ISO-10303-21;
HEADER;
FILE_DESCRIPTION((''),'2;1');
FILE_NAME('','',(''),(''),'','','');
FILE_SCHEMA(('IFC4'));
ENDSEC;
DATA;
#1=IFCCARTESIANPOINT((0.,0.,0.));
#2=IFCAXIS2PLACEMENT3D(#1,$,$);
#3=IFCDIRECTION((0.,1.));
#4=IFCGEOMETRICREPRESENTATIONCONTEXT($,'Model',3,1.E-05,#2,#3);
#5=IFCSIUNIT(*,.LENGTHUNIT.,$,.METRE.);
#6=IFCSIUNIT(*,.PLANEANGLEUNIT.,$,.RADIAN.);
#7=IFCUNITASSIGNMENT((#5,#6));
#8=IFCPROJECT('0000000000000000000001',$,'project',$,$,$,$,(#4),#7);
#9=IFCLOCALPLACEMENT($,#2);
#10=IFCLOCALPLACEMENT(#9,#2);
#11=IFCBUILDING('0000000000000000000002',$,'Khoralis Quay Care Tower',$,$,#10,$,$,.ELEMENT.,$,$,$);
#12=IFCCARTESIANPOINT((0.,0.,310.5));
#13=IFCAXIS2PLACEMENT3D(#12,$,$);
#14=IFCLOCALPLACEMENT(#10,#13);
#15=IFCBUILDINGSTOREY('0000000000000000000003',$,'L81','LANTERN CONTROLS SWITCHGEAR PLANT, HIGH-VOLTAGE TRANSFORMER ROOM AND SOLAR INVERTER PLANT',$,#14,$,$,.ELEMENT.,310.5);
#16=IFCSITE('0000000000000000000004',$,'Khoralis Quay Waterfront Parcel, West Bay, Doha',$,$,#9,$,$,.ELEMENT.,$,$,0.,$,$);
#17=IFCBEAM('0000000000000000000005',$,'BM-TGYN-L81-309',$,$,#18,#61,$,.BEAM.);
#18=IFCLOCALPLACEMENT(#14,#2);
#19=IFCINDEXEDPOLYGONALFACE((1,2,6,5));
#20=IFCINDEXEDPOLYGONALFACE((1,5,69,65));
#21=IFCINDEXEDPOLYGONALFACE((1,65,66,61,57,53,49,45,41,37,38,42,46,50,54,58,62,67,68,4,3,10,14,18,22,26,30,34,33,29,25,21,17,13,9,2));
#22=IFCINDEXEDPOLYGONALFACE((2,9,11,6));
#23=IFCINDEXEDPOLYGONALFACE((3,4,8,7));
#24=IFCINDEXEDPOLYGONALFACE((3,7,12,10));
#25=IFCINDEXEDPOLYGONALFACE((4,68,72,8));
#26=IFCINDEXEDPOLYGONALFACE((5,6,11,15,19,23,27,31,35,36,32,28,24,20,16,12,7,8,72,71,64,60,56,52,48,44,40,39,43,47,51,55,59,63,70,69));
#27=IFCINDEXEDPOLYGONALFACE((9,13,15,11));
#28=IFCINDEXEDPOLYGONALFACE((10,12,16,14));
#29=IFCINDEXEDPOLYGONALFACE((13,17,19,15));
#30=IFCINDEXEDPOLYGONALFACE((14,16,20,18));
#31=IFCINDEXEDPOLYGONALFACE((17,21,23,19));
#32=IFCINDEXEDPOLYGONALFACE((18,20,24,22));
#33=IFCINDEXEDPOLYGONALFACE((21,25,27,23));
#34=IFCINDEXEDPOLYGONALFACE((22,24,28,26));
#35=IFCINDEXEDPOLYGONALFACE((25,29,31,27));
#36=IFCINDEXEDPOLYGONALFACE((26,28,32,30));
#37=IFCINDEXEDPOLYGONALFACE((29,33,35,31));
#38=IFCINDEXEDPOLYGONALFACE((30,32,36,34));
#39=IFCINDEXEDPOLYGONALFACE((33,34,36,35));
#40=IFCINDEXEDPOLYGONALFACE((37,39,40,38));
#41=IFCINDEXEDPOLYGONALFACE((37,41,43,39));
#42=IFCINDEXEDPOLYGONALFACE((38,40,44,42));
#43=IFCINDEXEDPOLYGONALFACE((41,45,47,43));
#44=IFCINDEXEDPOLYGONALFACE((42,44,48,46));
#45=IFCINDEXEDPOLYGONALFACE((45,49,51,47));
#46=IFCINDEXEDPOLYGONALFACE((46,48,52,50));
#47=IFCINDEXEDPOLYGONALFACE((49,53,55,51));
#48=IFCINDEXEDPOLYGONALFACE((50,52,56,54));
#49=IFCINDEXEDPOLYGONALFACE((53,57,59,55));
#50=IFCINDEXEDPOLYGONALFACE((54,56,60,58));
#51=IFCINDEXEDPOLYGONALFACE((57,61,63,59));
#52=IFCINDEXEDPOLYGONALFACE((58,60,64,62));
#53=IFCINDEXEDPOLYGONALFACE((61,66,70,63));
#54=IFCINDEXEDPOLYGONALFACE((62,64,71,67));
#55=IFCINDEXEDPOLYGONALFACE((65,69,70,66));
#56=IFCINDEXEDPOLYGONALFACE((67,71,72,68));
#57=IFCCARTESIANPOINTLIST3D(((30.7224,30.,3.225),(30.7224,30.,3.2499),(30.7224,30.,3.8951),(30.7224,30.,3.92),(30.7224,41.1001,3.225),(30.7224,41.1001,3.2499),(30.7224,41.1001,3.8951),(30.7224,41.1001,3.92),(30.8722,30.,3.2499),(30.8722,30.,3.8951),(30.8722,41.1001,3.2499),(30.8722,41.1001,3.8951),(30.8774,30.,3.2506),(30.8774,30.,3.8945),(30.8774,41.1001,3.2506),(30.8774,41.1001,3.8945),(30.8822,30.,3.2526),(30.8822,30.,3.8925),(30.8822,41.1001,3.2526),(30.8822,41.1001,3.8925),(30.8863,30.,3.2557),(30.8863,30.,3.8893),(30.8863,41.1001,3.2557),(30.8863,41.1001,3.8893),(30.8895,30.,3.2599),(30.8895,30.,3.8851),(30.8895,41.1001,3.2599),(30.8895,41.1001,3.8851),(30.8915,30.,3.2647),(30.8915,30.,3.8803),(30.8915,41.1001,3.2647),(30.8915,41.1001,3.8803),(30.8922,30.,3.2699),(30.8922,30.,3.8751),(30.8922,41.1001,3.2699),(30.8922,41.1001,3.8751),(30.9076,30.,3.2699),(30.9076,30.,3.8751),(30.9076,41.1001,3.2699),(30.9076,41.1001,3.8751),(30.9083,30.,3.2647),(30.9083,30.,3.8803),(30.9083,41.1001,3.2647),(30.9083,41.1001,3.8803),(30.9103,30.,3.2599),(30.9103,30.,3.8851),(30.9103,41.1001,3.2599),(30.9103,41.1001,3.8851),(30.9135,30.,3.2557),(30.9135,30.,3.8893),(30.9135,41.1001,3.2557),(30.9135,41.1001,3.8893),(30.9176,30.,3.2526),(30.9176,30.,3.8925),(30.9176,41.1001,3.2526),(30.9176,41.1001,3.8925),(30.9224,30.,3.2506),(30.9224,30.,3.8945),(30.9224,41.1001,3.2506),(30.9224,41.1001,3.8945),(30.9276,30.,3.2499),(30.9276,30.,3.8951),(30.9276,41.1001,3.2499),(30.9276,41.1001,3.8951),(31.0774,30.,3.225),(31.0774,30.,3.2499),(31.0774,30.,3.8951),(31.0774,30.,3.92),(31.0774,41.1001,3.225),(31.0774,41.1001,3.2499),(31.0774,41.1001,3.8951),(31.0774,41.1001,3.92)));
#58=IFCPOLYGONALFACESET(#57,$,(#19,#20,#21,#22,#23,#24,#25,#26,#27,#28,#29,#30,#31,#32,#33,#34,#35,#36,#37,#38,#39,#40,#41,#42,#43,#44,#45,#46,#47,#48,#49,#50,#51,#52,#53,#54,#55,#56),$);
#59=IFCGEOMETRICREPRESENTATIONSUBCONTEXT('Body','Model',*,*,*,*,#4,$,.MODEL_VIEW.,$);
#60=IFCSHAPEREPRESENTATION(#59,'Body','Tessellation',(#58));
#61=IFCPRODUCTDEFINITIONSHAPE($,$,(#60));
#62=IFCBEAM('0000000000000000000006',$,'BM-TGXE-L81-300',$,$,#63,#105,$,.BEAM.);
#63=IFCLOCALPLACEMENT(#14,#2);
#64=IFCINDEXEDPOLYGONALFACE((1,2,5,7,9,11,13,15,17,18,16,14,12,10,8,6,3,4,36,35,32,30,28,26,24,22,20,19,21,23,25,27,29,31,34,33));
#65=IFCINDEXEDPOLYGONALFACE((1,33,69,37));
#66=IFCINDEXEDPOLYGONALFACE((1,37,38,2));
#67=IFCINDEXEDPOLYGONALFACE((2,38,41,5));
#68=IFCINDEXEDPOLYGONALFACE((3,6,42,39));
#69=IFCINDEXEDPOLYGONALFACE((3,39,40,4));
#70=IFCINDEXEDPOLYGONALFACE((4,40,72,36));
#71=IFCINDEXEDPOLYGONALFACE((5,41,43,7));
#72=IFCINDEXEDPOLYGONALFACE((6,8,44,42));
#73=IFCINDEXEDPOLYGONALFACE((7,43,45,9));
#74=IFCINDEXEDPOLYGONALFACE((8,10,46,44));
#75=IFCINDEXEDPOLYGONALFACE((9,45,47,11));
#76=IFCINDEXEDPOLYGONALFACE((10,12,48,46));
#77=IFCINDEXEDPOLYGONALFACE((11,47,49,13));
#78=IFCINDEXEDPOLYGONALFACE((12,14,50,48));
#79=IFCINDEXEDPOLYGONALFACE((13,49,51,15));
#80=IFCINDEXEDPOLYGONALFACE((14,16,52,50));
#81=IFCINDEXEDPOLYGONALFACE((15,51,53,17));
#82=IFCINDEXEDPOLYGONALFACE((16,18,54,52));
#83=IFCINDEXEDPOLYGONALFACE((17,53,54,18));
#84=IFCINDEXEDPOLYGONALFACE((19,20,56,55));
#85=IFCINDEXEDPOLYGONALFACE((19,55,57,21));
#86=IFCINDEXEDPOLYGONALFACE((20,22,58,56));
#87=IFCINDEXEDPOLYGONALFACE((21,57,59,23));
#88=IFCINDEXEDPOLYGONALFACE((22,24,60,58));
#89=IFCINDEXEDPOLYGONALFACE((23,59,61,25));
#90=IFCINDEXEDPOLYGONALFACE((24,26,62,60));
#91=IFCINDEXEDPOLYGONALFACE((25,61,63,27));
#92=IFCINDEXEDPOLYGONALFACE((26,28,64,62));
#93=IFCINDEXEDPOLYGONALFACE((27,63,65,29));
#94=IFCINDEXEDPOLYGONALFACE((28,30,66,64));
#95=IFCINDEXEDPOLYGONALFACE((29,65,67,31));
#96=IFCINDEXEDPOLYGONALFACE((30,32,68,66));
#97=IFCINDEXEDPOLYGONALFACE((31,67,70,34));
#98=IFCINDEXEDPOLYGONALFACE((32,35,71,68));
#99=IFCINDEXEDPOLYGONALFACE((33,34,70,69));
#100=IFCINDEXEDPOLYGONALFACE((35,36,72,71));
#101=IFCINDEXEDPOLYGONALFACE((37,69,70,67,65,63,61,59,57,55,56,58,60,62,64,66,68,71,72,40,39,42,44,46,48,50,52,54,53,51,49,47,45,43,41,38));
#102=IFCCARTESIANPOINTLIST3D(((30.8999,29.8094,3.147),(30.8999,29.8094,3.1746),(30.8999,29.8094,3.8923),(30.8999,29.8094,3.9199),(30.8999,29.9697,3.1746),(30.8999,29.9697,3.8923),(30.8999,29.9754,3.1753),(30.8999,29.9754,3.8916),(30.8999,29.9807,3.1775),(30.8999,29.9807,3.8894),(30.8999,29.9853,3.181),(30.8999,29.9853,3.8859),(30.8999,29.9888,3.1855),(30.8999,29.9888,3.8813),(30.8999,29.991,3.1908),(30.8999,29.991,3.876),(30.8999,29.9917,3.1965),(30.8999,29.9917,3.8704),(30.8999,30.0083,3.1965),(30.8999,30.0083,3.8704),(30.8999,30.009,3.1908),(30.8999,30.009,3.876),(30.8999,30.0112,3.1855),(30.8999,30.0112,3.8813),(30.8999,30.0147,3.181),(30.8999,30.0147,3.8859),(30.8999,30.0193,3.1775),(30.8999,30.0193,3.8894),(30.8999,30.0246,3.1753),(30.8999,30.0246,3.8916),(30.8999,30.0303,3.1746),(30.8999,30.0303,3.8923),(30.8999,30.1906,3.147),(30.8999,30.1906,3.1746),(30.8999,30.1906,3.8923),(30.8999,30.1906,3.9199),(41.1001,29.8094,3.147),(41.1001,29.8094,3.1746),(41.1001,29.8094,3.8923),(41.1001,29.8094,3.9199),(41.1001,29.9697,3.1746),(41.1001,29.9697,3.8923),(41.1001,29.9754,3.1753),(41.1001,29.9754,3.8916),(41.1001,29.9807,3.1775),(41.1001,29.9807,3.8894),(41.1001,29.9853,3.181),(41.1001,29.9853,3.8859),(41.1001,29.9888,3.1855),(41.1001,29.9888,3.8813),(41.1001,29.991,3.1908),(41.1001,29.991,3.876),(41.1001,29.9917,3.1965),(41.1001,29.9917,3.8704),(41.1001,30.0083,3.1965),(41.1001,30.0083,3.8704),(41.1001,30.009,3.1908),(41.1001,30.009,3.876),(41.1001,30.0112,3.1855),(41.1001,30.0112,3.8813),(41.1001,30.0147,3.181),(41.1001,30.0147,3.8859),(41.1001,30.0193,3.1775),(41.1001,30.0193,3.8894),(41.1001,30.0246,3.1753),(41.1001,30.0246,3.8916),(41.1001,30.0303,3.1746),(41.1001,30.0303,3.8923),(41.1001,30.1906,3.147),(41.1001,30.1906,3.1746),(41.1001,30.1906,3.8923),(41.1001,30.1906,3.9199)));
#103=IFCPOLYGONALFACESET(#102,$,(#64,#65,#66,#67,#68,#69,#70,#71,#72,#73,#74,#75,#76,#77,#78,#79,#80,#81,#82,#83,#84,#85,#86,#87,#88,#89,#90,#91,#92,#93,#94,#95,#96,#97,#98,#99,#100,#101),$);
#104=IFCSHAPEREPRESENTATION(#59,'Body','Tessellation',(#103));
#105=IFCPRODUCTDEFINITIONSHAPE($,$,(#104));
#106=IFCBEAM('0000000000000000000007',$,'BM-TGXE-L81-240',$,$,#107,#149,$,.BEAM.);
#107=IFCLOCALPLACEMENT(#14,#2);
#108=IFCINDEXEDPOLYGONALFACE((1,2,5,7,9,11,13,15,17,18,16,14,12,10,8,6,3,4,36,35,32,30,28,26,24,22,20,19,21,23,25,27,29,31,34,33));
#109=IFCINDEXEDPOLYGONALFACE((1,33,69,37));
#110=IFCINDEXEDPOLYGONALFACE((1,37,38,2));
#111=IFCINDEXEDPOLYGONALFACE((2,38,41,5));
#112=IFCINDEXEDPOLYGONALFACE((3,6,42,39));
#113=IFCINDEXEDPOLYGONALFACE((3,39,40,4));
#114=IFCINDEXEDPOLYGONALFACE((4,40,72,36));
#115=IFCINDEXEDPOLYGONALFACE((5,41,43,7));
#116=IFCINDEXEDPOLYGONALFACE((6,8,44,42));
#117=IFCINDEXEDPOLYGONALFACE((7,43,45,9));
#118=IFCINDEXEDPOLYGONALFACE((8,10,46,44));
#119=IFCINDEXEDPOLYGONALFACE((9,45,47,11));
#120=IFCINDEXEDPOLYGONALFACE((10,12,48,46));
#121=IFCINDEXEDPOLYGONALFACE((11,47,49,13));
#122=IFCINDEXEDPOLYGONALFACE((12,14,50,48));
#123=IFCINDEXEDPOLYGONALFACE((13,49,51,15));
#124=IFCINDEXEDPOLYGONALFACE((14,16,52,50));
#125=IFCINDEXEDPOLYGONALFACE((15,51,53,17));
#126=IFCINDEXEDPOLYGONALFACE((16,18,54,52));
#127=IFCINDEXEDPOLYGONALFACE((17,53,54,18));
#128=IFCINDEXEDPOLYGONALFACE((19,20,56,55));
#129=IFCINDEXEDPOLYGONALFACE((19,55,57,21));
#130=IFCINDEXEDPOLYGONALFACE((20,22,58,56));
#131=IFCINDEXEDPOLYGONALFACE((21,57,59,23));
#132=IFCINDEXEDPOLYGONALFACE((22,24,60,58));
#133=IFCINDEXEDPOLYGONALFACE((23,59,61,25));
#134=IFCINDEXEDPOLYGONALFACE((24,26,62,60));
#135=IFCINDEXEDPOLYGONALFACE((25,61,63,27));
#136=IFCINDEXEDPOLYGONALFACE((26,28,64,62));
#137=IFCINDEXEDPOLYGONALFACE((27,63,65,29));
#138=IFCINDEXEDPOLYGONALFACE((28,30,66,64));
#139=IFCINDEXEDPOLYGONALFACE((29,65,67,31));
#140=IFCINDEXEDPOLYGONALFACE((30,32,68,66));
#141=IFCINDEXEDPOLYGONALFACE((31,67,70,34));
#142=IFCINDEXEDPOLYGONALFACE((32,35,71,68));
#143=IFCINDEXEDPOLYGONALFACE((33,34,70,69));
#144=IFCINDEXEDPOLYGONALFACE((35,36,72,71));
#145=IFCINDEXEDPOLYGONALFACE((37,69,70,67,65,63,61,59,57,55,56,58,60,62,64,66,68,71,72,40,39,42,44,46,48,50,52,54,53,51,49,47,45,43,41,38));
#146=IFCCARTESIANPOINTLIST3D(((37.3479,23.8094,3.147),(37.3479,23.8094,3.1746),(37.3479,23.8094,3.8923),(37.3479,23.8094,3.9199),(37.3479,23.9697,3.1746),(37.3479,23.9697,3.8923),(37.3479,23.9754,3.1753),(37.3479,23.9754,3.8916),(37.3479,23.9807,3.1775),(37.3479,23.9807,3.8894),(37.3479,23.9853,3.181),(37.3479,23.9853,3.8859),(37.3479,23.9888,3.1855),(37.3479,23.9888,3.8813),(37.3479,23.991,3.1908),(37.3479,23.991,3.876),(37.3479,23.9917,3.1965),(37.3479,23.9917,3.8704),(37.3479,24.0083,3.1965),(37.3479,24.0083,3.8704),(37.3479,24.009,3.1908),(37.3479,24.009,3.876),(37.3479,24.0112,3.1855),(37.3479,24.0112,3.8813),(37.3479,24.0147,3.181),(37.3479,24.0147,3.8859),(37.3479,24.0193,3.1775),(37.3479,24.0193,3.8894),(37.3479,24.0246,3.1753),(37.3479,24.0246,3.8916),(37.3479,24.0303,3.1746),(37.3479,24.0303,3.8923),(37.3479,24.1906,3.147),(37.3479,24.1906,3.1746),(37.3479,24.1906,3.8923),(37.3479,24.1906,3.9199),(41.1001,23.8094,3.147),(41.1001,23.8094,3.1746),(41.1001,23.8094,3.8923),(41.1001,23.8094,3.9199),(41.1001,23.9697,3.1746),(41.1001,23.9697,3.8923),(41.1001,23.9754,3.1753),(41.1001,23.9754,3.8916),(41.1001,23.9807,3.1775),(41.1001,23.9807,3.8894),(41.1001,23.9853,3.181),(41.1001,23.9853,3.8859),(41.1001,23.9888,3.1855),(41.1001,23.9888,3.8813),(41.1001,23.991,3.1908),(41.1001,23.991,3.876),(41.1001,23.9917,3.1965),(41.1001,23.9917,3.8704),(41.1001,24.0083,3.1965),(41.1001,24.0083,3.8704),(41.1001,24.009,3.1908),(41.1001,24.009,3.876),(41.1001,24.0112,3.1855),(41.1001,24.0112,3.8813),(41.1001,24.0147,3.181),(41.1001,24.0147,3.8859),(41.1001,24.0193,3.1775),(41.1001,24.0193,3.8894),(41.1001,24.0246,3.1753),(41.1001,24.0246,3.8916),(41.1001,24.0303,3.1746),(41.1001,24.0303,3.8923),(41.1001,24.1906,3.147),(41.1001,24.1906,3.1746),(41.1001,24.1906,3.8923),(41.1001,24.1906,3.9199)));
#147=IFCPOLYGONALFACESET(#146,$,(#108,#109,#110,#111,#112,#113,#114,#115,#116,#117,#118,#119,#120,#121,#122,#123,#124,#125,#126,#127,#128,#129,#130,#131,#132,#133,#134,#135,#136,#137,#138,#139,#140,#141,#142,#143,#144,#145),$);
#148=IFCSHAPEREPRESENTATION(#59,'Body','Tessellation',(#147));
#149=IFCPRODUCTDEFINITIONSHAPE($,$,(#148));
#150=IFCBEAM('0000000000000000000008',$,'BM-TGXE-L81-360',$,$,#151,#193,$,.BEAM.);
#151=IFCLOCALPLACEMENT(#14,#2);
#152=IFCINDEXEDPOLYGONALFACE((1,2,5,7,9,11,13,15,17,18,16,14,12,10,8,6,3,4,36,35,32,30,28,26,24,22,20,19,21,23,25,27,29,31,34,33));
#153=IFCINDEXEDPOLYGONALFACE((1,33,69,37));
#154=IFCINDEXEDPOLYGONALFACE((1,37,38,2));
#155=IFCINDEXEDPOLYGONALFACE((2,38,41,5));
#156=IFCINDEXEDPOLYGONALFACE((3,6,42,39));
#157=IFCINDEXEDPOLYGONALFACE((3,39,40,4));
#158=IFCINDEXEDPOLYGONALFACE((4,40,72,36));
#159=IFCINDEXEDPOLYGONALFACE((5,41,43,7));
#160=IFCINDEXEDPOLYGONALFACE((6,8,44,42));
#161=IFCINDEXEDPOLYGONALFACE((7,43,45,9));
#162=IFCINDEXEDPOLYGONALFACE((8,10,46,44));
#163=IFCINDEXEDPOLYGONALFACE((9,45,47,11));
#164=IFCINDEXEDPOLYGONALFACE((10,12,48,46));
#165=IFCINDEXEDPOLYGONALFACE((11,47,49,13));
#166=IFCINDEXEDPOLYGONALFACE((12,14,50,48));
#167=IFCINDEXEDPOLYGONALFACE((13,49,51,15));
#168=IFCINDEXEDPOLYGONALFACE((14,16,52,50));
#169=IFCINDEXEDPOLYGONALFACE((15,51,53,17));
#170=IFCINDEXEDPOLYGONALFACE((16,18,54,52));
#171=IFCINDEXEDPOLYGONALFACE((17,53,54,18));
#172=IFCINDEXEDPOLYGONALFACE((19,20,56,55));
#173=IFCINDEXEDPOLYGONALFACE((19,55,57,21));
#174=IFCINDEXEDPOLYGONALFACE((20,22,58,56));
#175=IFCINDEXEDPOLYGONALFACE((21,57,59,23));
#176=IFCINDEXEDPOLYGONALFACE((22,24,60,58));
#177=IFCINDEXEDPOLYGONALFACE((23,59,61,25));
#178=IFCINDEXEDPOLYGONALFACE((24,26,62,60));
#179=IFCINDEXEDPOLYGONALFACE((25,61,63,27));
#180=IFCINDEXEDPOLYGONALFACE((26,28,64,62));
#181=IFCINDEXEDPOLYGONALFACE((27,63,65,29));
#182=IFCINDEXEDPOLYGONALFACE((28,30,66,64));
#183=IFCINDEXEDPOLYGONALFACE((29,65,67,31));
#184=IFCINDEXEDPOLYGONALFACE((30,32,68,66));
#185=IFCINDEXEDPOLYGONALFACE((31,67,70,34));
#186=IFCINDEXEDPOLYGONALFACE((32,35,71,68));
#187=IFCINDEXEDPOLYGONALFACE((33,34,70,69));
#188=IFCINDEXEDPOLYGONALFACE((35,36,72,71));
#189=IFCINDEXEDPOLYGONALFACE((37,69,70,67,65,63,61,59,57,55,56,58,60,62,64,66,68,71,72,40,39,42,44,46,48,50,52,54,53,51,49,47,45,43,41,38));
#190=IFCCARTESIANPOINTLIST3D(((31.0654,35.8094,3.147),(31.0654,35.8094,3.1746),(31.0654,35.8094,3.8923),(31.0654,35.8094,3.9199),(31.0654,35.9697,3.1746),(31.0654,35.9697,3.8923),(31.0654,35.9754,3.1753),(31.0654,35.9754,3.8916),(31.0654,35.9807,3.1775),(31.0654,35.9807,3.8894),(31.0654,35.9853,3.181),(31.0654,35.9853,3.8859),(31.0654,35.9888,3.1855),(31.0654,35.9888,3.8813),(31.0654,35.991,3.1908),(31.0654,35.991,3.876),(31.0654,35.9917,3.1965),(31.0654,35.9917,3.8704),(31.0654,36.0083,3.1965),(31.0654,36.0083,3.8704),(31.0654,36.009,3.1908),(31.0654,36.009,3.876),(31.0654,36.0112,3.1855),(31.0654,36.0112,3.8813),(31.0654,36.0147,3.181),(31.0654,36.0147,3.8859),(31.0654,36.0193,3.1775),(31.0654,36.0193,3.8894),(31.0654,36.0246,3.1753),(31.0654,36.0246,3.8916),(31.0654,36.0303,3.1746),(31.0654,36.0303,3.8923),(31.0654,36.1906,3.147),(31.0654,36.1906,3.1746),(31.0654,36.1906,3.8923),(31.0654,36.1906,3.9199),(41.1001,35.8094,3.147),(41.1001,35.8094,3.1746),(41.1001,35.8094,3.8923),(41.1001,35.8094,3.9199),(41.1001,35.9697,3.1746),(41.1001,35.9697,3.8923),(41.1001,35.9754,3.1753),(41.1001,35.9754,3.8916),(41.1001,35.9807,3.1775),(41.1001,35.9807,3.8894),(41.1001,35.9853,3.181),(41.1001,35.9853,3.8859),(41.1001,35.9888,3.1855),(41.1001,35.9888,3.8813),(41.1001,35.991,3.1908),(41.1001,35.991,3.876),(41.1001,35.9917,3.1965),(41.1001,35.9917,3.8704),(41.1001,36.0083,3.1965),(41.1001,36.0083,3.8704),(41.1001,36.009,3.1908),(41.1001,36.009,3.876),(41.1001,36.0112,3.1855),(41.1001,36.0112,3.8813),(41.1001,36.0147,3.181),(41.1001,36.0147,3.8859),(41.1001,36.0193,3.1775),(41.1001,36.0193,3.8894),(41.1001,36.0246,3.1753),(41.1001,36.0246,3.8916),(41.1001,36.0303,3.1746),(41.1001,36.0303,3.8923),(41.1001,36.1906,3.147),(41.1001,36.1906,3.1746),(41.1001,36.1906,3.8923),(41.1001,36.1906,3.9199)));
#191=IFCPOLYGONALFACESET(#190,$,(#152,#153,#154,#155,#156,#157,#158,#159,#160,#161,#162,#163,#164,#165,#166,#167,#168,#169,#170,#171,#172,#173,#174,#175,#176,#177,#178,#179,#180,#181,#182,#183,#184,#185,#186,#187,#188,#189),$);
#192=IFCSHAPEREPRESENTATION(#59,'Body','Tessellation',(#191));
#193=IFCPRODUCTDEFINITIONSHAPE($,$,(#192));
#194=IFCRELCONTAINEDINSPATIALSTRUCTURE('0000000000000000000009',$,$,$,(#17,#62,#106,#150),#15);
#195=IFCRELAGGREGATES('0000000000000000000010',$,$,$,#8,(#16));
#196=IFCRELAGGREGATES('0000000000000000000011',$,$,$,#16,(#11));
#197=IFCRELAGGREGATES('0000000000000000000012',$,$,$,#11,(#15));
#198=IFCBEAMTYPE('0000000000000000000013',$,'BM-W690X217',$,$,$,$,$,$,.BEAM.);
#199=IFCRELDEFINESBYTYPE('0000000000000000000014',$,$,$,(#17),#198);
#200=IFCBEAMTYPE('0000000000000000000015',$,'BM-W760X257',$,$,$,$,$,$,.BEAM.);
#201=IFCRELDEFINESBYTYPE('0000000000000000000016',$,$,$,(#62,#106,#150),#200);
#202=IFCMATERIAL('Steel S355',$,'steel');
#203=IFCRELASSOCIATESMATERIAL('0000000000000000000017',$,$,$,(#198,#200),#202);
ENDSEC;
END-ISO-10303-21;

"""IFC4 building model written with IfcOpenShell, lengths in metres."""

from ifc_helpers import new_model, si_unit, direction, frame, origin, origin_2d, place, context, subcontext, project, spatial, i_section, extrude, source, transform, mapped, material, material_profile, profile_set, type_object, element, save


model = new_model("IFC4")

# Units and contexts
model_context = context("Model", 3, precision=1e-05, world=origin(), true_north=direction((0.0, 1.0)))
body_context = subcontext(model_context, "Body", "Model", "MODEL_VIEW")
ifc_project = project(units=[si_unit("LENGTHUNIT", "METRE"), si_unit("PLANEANGLEUNIT", "RADIAN")], contexts=[model_context])

# Site, building, storey
site_placement = place(None, origin())
site = spatial("IfcSite", under=ifc_project, at=site_placement, Name="Khoralis Quay Waterfront Parcel, West Bay, Doha", CompositionType="ELEMENT", RefElevation=0.0)
building_placement = place(site_placement, origin())
building = spatial("IfcBuilding", under=site, at=building_placement, Name="Khoralis Quay Care Tower", CompositionType="ELEMENT")
storey_placement = place(building_placement, frame((0.0, 0.0, 310.5)))
storey = spatial("IfcBuildingStorey", under=building, at=storey_placement, Name="L81", Description="LANTERN CONTROLS SWITCHGEAR PLANT, HIGH-VOLTAGE TRANSFORMER ROOM AND SOLAR INVERTER PLANT", CompositionType="ELEMENT", Elevation=310.5)

# Beams
ifc_material_1 = material(Name="Steel S355", Category="steel")
ifc_material_profile_1 = material_profile(ifc_material_1, i_section(OverallWidth=0.355, OverallDepth=0.6951, WebThickness=0.0154, FlangeThickness=0.0249, FilletRadius=0.02, at=origin_2d()), Name="Steel S355")
ifc_profile_set_1 = profile_set([ifc_material_profile_1], Name="Steel S355")
beam_type_1 = type_object("IfcBeamType", Name="BM-W690X217", PredefinedType="BEAM", material=ifc_profile_set_1)
shared_shape_1 = source(origin(), body_context, "Body", "SweptSolid", [
    extrude(i_section(OverallWidth=0.355, OverallDepth=0.6951, WebThickness=0.0154, FlangeThickness=0.0249, FilletRadius=0.02, at=origin_2d()), origin(), (0.0, 0.0, 1.0), 11.1001),
])
for number, where, z_axis, x_axis, name in (
    (1, (30.8999, 30.0, 3.5725), (0.0, 1.0, 0.0), (-1.0, 0.0, 0.0), "BM-TGYN-L81-309"),
):
    element("IfcBeam", number, at=place(storey_placement, frame(where, z_axis=z_axis, x_axis=x_axis)), inside=storey, type_object=beam_type_1, Name=name, PredefinedType="BEAM", context=body_context, shape_type="MappedRepresentation", body=[
        mapped(shared_shape_1, transform((0.0, 0.0, 0.0), scale=1.0)),
    ])
ifc_material_profile_2 = material_profile(ifc_material_1, i_section(OverallWidth=0.3811, OverallDepth=0.7729, WebThickness=0.0166, FlangeThickness=0.0276, FilletRadius=0.022, at=origin_2d()), Name="Steel S355")
ifc_profile_set_2 = profile_set([ifc_material_profile_2], Name="Steel S355")
beam_type_2 = type_object("IfcBeamType", Name="BM-W760X257", PredefinedType="BEAM", material=ifc_profile_set_2)
shared_shape_2 = source(origin(), body_context, "Body", "SweptSolid", [
    extrude(i_section(OverallWidth=0.3811, OverallDepth=0.7729, WebThickness=0.0166, FlangeThickness=0.0276, FilletRadius=0.022, at=origin_2d()), origin(), (0.0, 0.0, 1.0), 10.2002),
])
beam_1_placement = place(storey_placement, frame((30.8999, 30.0, 3.5334), z_axis=(1.0, 0.0, 0.0), x_axis=(0.0, 1.0, 0.0)))
element("IfcBeam", 2, at=beam_1_placement, inside=storey, type_object=beam_type_2, Name="BM-TGXE-L81-300", PredefinedType="BEAM", context=body_context, shape_type="MappedRepresentation", body=[
    mapped(shared_shape_2, transform((0.0, 0.0, 0.0), scale=1.0)),
])
shared_shape_3 = source(origin(), body_context, "Body", "SweptSolid", [
    extrude(i_section(OverallWidth=0.3811, OverallDepth=0.7729, WebThickness=0.0166, FlangeThickness=0.0276, FilletRadius=0.022, at=origin_2d()), origin(), (0.0, 0.0, 1.0), 3.7522),
])
beam_2_placement = place(storey_placement, frame((37.3479, 24.0, 3.5334), z_axis=(1.0, 0.0, 0.0), x_axis=(0.0, 1.0, 0.0)))
element("IfcBeam", 3, at=beam_2_placement, inside=storey, type_object=beam_type_2, Name="BM-TGXE-L81-240", PredefinedType="BEAM", context=body_context, shape_type="MappedRepresentation", body=[
    mapped(shared_shape_3, transform((0.0, 0.0, 0.0), scale=1.0)),
])
shared_shape_4 = source(origin(), body_context, "Body", "SweptSolid", [
    extrude(i_section(OverallWidth=0.3811, OverallDepth=0.7729, WebThickness=0.0166, FlangeThickness=0.0276, FilletRadius=0.022, at=origin_2d()), origin(), (0.0, 0.0, 1.0), 10.0347),
])
beam_3_placement = place(storey_placement, frame((31.0654, 36.0, 3.5334), z_axis=(1.0, 0.0, 0.0), x_axis=(0.0, 1.0, 0.0)))
element("IfcBeam", 4, at=beam_3_placement, inside=storey, type_object=beam_type_2, Name="BM-TGXE-L81-360", PredefinedType="BEAM", context=body_context, shape_type="MappedRepresentation", body=[
    mapped(shared_shape_4, transform((0.0, 0.0, 0.0), scale=1.0)),
])

save(model, "model.ifc")
